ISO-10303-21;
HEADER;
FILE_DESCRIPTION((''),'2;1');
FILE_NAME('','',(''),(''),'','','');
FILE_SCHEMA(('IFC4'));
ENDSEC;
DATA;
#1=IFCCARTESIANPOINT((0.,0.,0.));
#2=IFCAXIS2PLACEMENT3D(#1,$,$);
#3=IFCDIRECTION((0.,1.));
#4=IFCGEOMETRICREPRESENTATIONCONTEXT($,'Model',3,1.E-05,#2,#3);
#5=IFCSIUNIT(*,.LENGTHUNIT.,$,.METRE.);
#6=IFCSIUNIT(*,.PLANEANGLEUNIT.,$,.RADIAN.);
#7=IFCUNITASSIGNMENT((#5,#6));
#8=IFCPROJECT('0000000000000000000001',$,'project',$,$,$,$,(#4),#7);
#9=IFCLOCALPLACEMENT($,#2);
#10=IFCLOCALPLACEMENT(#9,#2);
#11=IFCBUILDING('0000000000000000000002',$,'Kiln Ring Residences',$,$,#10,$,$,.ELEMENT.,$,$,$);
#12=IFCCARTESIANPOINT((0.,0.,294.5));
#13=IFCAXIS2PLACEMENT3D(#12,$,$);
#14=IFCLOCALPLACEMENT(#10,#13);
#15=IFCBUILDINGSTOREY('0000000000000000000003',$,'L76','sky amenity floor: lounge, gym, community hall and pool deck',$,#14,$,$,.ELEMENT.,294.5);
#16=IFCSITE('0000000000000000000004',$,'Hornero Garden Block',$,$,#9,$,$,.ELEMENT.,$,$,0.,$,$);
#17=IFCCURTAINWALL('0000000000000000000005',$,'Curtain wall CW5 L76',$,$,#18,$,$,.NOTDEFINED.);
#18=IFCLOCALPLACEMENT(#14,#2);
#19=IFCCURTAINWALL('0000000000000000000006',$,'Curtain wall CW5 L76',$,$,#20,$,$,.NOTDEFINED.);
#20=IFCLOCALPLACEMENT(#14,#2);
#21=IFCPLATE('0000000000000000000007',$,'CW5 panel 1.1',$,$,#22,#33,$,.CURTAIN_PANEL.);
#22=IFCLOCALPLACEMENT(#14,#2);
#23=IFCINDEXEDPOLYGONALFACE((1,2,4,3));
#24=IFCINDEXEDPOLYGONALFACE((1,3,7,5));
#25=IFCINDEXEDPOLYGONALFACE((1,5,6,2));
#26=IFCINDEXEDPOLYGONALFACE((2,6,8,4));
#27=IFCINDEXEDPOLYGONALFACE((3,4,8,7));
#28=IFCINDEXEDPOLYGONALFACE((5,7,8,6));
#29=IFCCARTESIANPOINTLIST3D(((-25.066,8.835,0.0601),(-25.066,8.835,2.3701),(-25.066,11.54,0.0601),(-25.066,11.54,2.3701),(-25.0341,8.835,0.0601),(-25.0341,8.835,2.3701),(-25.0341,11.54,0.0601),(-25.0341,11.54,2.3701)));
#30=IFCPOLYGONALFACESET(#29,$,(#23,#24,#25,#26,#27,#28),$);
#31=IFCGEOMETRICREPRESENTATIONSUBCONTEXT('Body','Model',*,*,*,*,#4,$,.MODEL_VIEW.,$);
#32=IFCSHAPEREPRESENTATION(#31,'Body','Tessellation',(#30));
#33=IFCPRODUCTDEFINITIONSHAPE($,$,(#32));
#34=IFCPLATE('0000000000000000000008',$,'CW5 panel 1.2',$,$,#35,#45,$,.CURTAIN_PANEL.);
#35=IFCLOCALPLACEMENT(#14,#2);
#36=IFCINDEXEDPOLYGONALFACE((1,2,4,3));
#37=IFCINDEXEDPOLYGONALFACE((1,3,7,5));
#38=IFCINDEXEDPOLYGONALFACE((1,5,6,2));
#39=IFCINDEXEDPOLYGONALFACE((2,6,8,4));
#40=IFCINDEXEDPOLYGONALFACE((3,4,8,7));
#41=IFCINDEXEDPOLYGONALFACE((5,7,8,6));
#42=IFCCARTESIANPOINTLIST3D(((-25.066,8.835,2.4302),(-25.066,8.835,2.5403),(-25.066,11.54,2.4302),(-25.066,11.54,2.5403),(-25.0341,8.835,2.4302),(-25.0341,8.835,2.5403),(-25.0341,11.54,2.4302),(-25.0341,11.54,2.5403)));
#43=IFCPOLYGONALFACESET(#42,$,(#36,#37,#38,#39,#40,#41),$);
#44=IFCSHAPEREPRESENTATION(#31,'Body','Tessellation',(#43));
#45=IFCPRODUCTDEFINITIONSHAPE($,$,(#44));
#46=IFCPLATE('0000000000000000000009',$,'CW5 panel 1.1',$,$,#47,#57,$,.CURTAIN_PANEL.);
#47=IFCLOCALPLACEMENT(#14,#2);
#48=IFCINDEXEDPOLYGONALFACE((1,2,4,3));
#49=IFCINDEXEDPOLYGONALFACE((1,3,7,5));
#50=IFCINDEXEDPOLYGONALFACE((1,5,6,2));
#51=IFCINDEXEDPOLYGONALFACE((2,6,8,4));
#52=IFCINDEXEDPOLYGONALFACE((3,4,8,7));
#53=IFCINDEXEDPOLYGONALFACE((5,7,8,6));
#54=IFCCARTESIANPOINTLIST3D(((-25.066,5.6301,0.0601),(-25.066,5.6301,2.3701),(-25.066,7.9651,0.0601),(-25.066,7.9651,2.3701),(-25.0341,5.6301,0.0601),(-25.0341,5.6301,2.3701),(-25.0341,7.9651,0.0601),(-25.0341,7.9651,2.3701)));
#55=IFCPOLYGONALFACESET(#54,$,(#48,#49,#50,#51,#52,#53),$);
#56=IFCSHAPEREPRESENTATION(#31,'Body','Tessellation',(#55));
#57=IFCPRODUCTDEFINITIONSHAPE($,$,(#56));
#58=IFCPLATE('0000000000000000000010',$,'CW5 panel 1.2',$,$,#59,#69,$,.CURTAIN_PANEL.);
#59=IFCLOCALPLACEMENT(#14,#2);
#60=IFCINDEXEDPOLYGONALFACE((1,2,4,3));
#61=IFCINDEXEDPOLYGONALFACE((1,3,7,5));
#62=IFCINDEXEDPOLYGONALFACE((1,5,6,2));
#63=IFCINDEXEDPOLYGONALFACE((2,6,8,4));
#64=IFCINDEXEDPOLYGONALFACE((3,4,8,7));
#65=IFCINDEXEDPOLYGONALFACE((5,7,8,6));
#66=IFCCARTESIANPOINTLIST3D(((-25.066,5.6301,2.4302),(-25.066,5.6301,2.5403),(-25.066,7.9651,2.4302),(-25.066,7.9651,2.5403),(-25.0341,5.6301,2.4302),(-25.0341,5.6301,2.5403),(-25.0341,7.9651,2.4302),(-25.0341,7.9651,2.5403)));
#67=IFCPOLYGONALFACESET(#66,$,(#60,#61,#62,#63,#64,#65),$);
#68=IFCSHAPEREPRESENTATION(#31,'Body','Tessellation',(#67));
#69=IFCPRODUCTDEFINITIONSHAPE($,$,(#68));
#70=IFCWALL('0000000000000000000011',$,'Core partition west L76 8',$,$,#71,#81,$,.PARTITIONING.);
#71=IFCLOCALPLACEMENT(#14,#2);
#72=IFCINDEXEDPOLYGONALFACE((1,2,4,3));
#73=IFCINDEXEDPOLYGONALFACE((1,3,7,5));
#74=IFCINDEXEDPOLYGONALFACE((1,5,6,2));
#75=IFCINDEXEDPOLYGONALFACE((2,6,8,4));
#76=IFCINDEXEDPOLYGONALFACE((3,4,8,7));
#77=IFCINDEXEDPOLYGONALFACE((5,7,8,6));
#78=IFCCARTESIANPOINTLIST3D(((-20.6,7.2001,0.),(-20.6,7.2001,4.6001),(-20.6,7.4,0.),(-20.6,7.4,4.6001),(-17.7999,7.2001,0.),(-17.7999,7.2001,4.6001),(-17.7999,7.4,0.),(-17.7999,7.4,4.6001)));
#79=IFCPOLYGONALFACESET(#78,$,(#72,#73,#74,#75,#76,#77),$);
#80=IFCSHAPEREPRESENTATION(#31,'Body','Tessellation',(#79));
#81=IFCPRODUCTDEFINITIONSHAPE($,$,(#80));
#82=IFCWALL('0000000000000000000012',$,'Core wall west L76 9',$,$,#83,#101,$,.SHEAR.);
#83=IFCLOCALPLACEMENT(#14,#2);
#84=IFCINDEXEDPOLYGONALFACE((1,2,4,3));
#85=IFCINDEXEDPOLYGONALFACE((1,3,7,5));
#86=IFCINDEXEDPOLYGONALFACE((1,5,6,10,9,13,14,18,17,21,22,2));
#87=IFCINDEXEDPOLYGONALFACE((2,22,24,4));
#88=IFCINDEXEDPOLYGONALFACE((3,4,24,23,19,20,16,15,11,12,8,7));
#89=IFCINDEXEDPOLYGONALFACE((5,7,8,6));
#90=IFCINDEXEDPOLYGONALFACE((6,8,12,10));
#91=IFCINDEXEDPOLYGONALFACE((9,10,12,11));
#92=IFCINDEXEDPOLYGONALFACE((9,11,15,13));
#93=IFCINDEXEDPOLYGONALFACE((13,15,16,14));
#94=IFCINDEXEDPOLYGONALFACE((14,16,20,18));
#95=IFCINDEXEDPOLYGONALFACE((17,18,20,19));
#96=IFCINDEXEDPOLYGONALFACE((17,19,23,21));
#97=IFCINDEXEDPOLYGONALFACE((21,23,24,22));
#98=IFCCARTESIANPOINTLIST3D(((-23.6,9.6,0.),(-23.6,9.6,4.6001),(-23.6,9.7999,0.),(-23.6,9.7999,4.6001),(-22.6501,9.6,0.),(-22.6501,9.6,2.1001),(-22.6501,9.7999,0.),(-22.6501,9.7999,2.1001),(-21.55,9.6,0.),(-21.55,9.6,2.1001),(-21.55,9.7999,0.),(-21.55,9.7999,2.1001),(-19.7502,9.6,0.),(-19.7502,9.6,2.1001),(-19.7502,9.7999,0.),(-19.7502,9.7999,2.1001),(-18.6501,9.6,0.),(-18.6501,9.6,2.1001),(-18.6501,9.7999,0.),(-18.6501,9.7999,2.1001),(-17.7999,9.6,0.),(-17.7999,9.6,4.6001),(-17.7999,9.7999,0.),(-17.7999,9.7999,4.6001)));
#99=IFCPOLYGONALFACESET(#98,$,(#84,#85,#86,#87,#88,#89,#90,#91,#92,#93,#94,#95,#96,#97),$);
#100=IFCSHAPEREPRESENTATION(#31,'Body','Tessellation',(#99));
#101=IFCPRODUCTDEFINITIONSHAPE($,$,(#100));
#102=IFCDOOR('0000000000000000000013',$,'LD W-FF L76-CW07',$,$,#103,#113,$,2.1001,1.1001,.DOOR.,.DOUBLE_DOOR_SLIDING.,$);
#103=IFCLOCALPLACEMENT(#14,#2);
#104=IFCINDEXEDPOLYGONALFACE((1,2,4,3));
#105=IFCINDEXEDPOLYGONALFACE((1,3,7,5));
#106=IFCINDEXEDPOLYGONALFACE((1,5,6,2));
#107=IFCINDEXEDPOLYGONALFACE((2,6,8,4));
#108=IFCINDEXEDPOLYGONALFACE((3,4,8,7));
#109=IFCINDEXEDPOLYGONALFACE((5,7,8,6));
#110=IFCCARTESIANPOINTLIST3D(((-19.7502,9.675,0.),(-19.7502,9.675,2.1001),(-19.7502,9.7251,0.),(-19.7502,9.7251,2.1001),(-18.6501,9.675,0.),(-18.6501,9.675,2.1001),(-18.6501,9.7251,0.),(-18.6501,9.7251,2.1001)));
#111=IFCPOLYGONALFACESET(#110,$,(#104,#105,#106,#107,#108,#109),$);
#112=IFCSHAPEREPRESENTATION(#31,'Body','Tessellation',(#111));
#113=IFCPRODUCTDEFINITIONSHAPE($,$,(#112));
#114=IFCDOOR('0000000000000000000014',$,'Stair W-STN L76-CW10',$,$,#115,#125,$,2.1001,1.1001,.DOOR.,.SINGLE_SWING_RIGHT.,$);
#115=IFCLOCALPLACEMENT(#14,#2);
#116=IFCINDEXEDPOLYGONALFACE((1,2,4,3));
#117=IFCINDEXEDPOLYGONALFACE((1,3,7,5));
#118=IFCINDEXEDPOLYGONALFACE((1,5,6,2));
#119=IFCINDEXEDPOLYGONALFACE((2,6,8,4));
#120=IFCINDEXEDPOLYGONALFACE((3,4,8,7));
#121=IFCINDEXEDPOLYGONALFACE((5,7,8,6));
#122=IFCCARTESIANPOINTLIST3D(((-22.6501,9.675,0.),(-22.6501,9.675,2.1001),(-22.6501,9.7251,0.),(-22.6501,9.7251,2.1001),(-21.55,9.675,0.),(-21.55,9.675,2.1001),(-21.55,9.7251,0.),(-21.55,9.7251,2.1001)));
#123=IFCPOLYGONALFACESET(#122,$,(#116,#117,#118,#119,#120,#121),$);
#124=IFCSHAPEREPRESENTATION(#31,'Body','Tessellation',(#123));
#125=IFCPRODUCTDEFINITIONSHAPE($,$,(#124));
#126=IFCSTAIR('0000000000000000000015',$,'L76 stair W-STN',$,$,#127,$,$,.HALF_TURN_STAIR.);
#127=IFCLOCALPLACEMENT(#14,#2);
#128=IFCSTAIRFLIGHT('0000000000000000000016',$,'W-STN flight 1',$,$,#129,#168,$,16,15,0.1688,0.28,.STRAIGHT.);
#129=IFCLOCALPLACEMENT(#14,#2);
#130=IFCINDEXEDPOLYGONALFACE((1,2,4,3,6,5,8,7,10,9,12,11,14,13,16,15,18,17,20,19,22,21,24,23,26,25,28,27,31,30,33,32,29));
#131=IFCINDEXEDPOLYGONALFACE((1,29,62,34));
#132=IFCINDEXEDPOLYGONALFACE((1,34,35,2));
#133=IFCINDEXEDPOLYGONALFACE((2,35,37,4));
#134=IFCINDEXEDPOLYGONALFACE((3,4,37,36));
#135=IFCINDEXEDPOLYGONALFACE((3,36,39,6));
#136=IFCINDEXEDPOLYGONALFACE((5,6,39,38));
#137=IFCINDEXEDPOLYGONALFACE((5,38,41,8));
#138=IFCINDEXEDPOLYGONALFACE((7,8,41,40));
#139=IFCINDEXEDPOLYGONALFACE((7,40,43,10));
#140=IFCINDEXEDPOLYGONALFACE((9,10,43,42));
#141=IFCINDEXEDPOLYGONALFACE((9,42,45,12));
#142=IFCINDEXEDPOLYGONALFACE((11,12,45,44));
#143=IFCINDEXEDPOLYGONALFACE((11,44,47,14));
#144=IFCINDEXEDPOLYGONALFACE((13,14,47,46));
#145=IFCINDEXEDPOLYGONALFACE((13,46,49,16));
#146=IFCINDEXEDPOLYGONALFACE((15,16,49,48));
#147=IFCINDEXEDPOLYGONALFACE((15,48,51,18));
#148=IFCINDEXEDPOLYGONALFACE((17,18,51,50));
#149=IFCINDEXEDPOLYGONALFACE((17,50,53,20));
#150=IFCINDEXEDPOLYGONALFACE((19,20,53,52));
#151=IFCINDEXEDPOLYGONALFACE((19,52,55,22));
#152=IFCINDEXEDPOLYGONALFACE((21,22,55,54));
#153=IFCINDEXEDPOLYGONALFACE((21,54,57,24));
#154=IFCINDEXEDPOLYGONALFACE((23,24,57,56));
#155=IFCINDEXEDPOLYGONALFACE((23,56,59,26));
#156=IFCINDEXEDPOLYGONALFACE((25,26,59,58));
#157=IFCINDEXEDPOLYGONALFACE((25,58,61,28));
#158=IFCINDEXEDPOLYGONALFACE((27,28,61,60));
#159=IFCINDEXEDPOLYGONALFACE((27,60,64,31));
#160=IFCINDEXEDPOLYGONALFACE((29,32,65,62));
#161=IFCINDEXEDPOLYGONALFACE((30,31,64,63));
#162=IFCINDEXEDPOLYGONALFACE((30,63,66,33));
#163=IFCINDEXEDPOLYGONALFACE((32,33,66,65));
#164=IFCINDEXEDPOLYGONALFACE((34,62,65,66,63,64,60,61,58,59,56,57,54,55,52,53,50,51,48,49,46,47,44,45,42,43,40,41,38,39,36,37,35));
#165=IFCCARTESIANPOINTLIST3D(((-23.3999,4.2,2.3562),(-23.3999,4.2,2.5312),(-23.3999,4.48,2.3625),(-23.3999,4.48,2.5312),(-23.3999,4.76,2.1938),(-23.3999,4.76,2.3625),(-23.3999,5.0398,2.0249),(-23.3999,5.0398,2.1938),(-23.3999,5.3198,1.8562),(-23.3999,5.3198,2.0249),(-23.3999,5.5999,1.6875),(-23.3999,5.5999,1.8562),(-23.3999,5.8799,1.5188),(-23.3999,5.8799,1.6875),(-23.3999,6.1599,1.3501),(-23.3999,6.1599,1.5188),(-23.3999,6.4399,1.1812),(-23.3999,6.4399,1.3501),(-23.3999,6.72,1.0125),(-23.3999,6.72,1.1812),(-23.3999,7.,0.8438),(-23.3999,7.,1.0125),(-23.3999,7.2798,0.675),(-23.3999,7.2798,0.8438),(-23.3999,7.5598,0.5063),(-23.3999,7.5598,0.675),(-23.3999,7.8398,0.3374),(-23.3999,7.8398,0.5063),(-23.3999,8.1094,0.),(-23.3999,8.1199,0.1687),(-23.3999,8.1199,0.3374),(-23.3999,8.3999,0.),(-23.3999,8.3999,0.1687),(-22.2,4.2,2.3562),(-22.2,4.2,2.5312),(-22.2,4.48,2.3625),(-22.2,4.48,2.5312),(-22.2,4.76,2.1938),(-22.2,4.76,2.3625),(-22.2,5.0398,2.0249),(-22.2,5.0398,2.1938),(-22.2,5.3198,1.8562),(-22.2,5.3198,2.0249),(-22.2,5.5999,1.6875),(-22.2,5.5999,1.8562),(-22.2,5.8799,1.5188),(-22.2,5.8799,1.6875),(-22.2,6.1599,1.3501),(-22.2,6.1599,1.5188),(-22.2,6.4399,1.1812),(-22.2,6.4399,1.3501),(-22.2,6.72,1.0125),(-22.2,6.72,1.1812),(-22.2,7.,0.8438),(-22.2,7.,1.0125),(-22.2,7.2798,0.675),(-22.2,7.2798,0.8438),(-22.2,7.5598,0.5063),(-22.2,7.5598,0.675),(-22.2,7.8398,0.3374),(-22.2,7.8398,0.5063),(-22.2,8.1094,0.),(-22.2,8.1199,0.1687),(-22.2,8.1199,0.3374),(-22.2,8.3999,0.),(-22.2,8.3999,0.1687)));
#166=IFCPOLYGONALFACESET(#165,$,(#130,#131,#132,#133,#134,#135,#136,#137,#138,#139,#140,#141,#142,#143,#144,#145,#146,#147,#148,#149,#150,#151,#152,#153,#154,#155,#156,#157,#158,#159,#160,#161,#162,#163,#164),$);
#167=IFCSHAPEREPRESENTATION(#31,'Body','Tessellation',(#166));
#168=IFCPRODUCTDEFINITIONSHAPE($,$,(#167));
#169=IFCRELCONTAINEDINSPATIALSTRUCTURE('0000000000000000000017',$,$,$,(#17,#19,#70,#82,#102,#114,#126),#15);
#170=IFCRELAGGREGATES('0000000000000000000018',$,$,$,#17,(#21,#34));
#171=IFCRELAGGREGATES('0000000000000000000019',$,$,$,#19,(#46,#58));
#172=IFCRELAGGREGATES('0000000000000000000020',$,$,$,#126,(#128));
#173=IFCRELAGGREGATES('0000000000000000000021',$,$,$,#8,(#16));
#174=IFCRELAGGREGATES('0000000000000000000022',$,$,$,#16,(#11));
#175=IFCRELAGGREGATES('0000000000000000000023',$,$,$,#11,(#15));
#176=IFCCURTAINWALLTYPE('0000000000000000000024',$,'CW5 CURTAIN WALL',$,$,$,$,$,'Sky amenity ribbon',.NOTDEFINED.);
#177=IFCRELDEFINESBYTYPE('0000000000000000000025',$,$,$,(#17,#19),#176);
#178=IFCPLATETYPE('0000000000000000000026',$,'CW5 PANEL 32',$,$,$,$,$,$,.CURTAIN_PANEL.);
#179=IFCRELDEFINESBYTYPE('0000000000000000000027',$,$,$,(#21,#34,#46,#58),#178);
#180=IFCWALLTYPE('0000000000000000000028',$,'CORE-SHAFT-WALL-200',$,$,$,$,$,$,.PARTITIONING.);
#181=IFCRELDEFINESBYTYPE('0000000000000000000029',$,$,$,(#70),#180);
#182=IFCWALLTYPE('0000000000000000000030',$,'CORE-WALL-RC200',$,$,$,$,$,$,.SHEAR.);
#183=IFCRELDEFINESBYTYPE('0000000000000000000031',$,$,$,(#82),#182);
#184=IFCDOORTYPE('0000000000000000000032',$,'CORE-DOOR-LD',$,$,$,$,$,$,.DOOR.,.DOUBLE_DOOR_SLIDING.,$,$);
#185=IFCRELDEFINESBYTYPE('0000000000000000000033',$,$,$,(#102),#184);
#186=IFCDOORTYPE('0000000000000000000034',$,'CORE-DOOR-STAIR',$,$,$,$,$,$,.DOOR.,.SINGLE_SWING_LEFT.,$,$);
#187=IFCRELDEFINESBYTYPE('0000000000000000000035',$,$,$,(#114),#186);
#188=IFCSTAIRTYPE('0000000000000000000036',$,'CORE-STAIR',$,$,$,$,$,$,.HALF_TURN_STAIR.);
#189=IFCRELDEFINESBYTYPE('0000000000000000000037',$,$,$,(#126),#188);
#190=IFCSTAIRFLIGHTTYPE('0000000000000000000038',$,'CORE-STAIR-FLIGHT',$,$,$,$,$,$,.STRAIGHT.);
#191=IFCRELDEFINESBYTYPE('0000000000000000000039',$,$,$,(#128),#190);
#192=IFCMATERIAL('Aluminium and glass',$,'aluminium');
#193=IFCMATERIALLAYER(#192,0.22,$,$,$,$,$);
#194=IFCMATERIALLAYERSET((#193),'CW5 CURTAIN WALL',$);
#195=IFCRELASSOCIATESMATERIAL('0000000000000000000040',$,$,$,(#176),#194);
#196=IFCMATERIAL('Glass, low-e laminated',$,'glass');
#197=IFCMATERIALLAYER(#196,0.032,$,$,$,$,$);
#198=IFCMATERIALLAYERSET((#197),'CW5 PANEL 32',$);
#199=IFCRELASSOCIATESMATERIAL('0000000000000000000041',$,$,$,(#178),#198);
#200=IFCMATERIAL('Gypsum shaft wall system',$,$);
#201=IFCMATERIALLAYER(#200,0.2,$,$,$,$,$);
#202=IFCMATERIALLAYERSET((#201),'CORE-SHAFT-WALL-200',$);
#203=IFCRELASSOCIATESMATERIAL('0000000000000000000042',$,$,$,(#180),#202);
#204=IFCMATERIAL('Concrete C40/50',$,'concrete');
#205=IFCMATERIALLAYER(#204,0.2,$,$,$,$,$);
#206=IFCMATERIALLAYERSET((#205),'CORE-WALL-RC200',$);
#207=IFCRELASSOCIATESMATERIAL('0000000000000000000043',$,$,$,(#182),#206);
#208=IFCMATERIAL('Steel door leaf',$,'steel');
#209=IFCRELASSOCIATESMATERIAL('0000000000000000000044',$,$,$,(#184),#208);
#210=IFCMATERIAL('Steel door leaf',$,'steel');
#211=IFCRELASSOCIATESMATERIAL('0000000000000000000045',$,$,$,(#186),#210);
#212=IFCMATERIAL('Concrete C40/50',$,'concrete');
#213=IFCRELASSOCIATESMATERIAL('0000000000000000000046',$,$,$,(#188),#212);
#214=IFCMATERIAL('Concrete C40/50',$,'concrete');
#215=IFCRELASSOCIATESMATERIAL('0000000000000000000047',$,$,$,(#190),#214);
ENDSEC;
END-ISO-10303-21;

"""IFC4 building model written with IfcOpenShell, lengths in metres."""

from ifc_helpers import new_model, si_unit, direction, frame, frame_2d, origin, origin_2d, place, context, subcontext, project, spatial, polyline, rectangle, outline, extrude, material, layer, layer_set, type_object, element, fill, aggregate, save


model = new_model("IFC4")

# Units and contexts
model_context = context("Model", 3, precision=1e-05, world=origin(), true_north=direction((0.0, 1.0)))
body_context = subcontext(model_context, "Body", "Model", "MODEL_VIEW")
ifc_project = project(units=[si_unit("LENGTHUNIT", "METRE"), si_unit("PLANEANGLEUNIT", "RADIAN")], contexts=[model_context])

# Site, building, storey
site_placement = place(None, origin())
site = spatial("IfcSite", under=ifc_project, at=site_placement, Name="Hornero Garden Block", CompositionType="ELEMENT", RefElevation=0.0)
building_placement = place(site_placement, origin())
building = spatial("IfcBuilding", under=site, at=building_placement, Name="Kiln Ring Residences", CompositionType="ELEMENT")
storey_placement = place(building_placement, frame((0.0, 0.0, 294.5)))
storey = spatial("IfcBuildingStorey", under=building, at=storey_placement, Name="L76", Description="sky amenity floor: lounge, gym, community hall and pool deck", CompositionType="ELEMENT", Elevation=294.5)

# Shared definitions
ifc_material_1 = material(Name="Aluminium and glass", Category="aluminium")
ifc_layer_1 = layer(ifc_material_1, 0.22)
ifc_layer_set_1 = layer_set([ifc_layer_1], Name="CW5 CURTAIN WALL")
curtain_wall_type = type_object("IfcCurtainWallType", Name="CW5 CURTAIN WALL", ElementType="Sky amenity ribbon", PredefinedType="NOTDEFINED", material=ifc_layer_set_1)
placement = place(storey_placement, origin())

# Curtain walls
curtain_wall_1 = element("IfcCurtainWall", 1, at=placement, inside=storey, type_object=curtain_wall_type, Name="Curtain wall CW5 L76", PredefinedType="NOTDEFINED")
curtain_wall_2 = element("IfcCurtainWall", 2, at=placement, inside=storey, type_object=curtain_wall_type, Name="Curtain wall CW5 L76", PredefinedType="NOTDEFINED")

# Plates
ifc_material_2 = material(Name="Glass, low-e laminated", Category="glass")
ifc_layer_2 = layer(ifc_material_2, 0.032)
ifc_layer_set_2 = layer_set([ifc_layer_2], Name="CW5 PANEL 32")
plate_type = type_object("IfcPlateType", Name="CW5 PANEL 32", PredefinedType="CURTAIN_PANEL", material=ifc_layer_set_2)
plate_1_placement = place(storey_placement, frame((-25.05, 10.1875, 0.0601), z_axis=(0.0, 0.0, 1.0), x_axis=(0.0, -1.0, 0.0)))
plate_1 = element("IfcPlate", 3, at=plate_1_placement, type_object=plate_type, Name="CW5 panel 1.1", PredefinedType="CURTAIN_PANEL", context=body_context, shape_type="SweptSolid", body=[
    extrude(rectangle(XDim=2.7051, YDim=0.032, at=origin_2d()), origin(), (0.0, 0.0, 1.0), 2.3101),
])
plate_2_placement = place(storey_placement, frame((-25.05, 10.1875, 2.4302), z_axis=(0.0, 0.0, 1.0), x_axis=(0.0, -1.0, 0.0)))
plate_2 = element("IfcPlate", 4, at=plate_2_placement, type_object=plate_type, Name="CW5 panel 1.2", PredefinedType="CURTAIN_PANEL", context=body_context, shape_type="SweptSolid", body=[
    extrude(rectangle(XDim=2.7051, YDim=0.032, at=origin_2d()), origin(), (0.0, 0.0, 1.0), 0.1101),
])
aggregate(curtain_wall_1, [plate_1, plate_2])
plate_3_placement = place(storey_placement, frame((-25.05, 6.7976, 0.0601), z_axis=(0.0, 0.0, 1.0), x_axis=(0.0, -1.0, 0.0)))
plate_3 = element("IfcPlate", 5, at=plate_3_placement, type_object=plate_type, Name="CW5 panel 1.1", PredefinedType="CURTAIN_PANEL", context=body_context, shape_type="SweptSolid", body=[
    extrude(rectangle(XDim=2.335, YDim=0.032, at=origin_2d()), origin(), (0.0, 0.0, 1.0), 2.3101),
])
plate_4_placement = place(storey_placement, frame((-25.05, 6.7976, 2.4302), z_axis=(0.0, 0.0, 1.0), x_axis=(0.0, -1.0, 0.0)))
plate_4 = element("IfcPlate", 6, at=plate_4_placement, type_object=plate_type, Name="CW5 panel 1.2", PredefinedType="CURTAIN_PANEL", context=body_context, shape_type="SweptSolid", body=[
    extrude(rectangle(XDim=2.335, YDim=0.032, at=origin_2d()), origin(), (0.0, 0.0, 1.0), 0.1101),
])
aggregate(curtain_wall_2, [plate_3, plate_4])

# Wall
ifc_material_3 = material(Name="Gypsum shaft wall system")
ifc_layer_3 = layer(ifc_material_3, 0.2)
ifc_layer_set_3 = layer_set([ifc_layer_3], Name="CORE-SHAFT-WALL-200")
wall_type_1 = type_object("IfcWallType", Name="CORE-SHAFT-WALL-200", PredefinedType="PARTITIONING", material=ifc_layer_set_3)
wall_1_placement = place(storey_placement, frame((-17.8, 7.3, 0.0), z_axis=(0.0, 0.0, 1.0), x_axis=(-1.0, 0.0, 0.0)))
element("IfcWall", 7, at=wall_1_placement, inside=storey, type_object=wall_type_1, Name="Core partition west L76 8", PredefinedType="PARTITIONING", context=body_context, shape_type="SweptSolid", body=[
    extrude(rectangle(XDim=2.8, YDim=0.2, at=frame_2d((1.3999, 0.0))), origin(), (0.0, 0.0, 1.0), 4.6001),
])

# Wall, openings, doors
ifc_material_4 = material(Name="Concrete C40/50", Category="concrete")
ifc_layer_4 = layer(ifc_material_4, 0.2)
ifc_layer_set_4 = layer_set([ifc_layer_4], Name="CORE-WALL-RC200")
wall_type_2 = type_object("IfcWallType", Name="CORE-WALL-RC200", PredefinedType="SHEAR", material=ifc_layer_set_4)
wall_2_placement = place(storey_placement, frame((-17.8, 9.7, 0.0), z_axis=(0.0, 0.0, 1.0), x_axis=(-1.0, 0.0, 0.0)))
wall_2 = element("IfcWall", 8, at=wall_2_placement, inside=storey, type_object=wall_type_2, Name="Core wall west L76 9", PredefinedType="SHEAR", context=body_context, shape_type="SweptSolid", body=[
    extrude(rectangle(XDim=5.8, YDim=0.2, at=frame_2d((2.8999, 0.0))), origin(), (0.0, 0.0, 1.0), 4.6001),
])
opening_1_placement = place(wall_2_placement, frame((0.8501, 0.0, 0.0)))
opening_1 = element("IfcOpeningElement", 9, at=opening_1_placement, cuts=wall_2, PredefinedType="OPENING", context=body_context, shape_type="SweptSolid", body=[
    extrude(rectangle(XDim=1.1001, YDim=2.1001, at=frame_2d((0.55, 1.05))), frame((0.0, 0.1099, 0.0), z_axis=(0.0, -1.0, 0.0), x_axis=(1.0, 0.0, 0.0)), (0.0, 0.0, 1.0), 0.22),
])
opening_2_placement = place(wall_2_placement, frame((3.75, 0.0, 0.0)))
opening_2 = element("IfcOpeningElement", 10, at=opening_2_placement, cuts=wall_2, PredefinedType="OPENING", context=body_context, shape_type="SweptSolid", body=[
    extrude(rectangle(XDim=1.1001, YDim=2.1001, at=frame_2d((0.55, 1.05))), frame((0.0, 0.1099, 0.0), z_axis=(0.0, -1.0, 0.0), x_axis=(1.0, 0.0, 0.0)), (0.0, 0.0, 1.0), 0.22),
])
ifc_material_5 = material(Name="Steel door leaf", Category="steel")
door_type_1 = type_object("IfcDoorType", Name="CORE-DOOR-LD", OperationType="DOUBLE_DOOR_SLIDING", PredefinedType="DOOR", material=ifc_material_5)
door_1_placement = place(opening_1_placement, origin())
door_1 = element("IfcDoor", 11, at=door_1_placement, inside=storey, type_object=door_type_1, Name="LD W-FF L76-CW07", OperationType="DOUBLE_DOOR_SLIDING", OverallHeight=2.1001, OverallWidth=1.1001, PredefinedType="DOOR", context=body_context, shape_type="SweptSolid", body=[
    extrude(rectangle(XDim=1.1001, YDim=2.1001, at=frame_2d((0.55, 1.05))), frame((0.0, 0.0249, 0.0), z_axis=(0.0, -1.0, 0.0), x_axis=(1.0, 0.0, 0.0)), (0.0, 0.0, 1.0), 0.05),
])
fill(opening_1, door_1)
ifc_material_6 = material(Name="Steel door leaf", Category="steel")
door_type_2 = type_object("IfcDoorType", Name="CORE-DOOR-STAIR", OperationType="SINGLE_SWING_LEFT", PredefinedType="DOOR", material=ifc_material_6)
door_2_placement = place(opening_2_placement, origin())
door_2 = element("IfcDoor", 12, at=door_2_placement, inside=storey, type_object=door_type_2, Name="Stair W-STN L76-CW10", OperationType="SINGLE_SWING_RIGHT", OverallHeight=2.1001, OverallWidth=1.1001, PredefinedType="DOOR", context=body_context, shape_type="SweptSolid", body=[
    extrude(rectangle(XDim=1.1001, YDim=2.1001, at=frame_2d((0.55, 1.05))), frame((0.0, 0.0249, 0.0), z_axis=(0.0, -1.0, 0.0), x_axis=(1.0, 0.0, 0.0)), (0.0, 0.0, 1.0), 0.05),
])
fill(opening_2, door_2)

# Stair, stair flight
ifc_material_7 = material(Name="Concrete C40/50", Category="concrete")
stair_type = type_object("IfcStairType", Name="CORE-STAIR", PredefinedType="HALF_TURN_STAIR", material=ifc_material_7)
stair = element("IfcStair", 13, at=placement, inside=storey, type_object=stair_type, Name="L76 stair W-STN", PredefinedType="HALF_TURN_STAIR")
ifc_material_8 = material(Name="Concrete C40/50", Category="concrete")
stair_flight_type = type_object("IfcStairFlightType", Name="CORE-STAIR-FLIGHT", PredefinedType="STRAIGHT", material=ifc_material_8)
stair_flight_placement = place(storey_placement, frame((-22.8, 8.3999, 0.0), z_axis=(0.0, 0.0, 1.0), x_axis=(0.0, -1.0, 0.0)))
stair_flight = element("IfcStairFlight", 14, at=stair_flight_placement, type_object=stair_flight_type, Name="W-STN flight 1", NumberOfRisers=16, NumberOfTreads=15, PredefinedType="STRAIGHT", RiserHeight=0.1688, TreadLength=0.28, context=body_context, shape_type="SweptSolid", body=[
    extrude(outline(polyline([(0.0, 0.0), (0.0, 0.1687), (0.28, 0.1687), (0.28, 0.3374), (0.5601, 0.3374), (0.5601, 0.5063), (0.8401, 0.5063), (0.8401, 0.675), (1.1201, 0.675), (1.1201, 0.8438), (1.3999, 0.8438), (1.3999, 1.0125), (1.6799, 1.0125), (1.6799, 1.1812), (1.96, 1.1812), (1.96, 1.3501), (2.24, 1.3501), (2.24, 1.5188), (2.52, 1.5188), (2.52, 1.6875), (2.8, 1.6875), (2.8, 1.8562), (3.0801, 1.8562), (3.0801, 2.0249), (3.3601, 2.0249), (3.3601, 2.1938), (3.6399, 2.1938), (3.6399, 2.3625), (3.9199, 2.3625), (3.9199, 2.5312), (4.2, 2.5312), (4.2, 2.7), (4.2, 2.3562), (0.2905, 0.0), (0.0, 0.0)])), frame((0.0, 0.6001, 0.0), z_axis=(0.0, -1.0, 0.0), x_axis=(1.0, 0.0, 0.0)), (0.0, 0.0, 1.0), 1.2),
])
aggregate(stair, [stair_flight])

save(model, "model.ifc")
